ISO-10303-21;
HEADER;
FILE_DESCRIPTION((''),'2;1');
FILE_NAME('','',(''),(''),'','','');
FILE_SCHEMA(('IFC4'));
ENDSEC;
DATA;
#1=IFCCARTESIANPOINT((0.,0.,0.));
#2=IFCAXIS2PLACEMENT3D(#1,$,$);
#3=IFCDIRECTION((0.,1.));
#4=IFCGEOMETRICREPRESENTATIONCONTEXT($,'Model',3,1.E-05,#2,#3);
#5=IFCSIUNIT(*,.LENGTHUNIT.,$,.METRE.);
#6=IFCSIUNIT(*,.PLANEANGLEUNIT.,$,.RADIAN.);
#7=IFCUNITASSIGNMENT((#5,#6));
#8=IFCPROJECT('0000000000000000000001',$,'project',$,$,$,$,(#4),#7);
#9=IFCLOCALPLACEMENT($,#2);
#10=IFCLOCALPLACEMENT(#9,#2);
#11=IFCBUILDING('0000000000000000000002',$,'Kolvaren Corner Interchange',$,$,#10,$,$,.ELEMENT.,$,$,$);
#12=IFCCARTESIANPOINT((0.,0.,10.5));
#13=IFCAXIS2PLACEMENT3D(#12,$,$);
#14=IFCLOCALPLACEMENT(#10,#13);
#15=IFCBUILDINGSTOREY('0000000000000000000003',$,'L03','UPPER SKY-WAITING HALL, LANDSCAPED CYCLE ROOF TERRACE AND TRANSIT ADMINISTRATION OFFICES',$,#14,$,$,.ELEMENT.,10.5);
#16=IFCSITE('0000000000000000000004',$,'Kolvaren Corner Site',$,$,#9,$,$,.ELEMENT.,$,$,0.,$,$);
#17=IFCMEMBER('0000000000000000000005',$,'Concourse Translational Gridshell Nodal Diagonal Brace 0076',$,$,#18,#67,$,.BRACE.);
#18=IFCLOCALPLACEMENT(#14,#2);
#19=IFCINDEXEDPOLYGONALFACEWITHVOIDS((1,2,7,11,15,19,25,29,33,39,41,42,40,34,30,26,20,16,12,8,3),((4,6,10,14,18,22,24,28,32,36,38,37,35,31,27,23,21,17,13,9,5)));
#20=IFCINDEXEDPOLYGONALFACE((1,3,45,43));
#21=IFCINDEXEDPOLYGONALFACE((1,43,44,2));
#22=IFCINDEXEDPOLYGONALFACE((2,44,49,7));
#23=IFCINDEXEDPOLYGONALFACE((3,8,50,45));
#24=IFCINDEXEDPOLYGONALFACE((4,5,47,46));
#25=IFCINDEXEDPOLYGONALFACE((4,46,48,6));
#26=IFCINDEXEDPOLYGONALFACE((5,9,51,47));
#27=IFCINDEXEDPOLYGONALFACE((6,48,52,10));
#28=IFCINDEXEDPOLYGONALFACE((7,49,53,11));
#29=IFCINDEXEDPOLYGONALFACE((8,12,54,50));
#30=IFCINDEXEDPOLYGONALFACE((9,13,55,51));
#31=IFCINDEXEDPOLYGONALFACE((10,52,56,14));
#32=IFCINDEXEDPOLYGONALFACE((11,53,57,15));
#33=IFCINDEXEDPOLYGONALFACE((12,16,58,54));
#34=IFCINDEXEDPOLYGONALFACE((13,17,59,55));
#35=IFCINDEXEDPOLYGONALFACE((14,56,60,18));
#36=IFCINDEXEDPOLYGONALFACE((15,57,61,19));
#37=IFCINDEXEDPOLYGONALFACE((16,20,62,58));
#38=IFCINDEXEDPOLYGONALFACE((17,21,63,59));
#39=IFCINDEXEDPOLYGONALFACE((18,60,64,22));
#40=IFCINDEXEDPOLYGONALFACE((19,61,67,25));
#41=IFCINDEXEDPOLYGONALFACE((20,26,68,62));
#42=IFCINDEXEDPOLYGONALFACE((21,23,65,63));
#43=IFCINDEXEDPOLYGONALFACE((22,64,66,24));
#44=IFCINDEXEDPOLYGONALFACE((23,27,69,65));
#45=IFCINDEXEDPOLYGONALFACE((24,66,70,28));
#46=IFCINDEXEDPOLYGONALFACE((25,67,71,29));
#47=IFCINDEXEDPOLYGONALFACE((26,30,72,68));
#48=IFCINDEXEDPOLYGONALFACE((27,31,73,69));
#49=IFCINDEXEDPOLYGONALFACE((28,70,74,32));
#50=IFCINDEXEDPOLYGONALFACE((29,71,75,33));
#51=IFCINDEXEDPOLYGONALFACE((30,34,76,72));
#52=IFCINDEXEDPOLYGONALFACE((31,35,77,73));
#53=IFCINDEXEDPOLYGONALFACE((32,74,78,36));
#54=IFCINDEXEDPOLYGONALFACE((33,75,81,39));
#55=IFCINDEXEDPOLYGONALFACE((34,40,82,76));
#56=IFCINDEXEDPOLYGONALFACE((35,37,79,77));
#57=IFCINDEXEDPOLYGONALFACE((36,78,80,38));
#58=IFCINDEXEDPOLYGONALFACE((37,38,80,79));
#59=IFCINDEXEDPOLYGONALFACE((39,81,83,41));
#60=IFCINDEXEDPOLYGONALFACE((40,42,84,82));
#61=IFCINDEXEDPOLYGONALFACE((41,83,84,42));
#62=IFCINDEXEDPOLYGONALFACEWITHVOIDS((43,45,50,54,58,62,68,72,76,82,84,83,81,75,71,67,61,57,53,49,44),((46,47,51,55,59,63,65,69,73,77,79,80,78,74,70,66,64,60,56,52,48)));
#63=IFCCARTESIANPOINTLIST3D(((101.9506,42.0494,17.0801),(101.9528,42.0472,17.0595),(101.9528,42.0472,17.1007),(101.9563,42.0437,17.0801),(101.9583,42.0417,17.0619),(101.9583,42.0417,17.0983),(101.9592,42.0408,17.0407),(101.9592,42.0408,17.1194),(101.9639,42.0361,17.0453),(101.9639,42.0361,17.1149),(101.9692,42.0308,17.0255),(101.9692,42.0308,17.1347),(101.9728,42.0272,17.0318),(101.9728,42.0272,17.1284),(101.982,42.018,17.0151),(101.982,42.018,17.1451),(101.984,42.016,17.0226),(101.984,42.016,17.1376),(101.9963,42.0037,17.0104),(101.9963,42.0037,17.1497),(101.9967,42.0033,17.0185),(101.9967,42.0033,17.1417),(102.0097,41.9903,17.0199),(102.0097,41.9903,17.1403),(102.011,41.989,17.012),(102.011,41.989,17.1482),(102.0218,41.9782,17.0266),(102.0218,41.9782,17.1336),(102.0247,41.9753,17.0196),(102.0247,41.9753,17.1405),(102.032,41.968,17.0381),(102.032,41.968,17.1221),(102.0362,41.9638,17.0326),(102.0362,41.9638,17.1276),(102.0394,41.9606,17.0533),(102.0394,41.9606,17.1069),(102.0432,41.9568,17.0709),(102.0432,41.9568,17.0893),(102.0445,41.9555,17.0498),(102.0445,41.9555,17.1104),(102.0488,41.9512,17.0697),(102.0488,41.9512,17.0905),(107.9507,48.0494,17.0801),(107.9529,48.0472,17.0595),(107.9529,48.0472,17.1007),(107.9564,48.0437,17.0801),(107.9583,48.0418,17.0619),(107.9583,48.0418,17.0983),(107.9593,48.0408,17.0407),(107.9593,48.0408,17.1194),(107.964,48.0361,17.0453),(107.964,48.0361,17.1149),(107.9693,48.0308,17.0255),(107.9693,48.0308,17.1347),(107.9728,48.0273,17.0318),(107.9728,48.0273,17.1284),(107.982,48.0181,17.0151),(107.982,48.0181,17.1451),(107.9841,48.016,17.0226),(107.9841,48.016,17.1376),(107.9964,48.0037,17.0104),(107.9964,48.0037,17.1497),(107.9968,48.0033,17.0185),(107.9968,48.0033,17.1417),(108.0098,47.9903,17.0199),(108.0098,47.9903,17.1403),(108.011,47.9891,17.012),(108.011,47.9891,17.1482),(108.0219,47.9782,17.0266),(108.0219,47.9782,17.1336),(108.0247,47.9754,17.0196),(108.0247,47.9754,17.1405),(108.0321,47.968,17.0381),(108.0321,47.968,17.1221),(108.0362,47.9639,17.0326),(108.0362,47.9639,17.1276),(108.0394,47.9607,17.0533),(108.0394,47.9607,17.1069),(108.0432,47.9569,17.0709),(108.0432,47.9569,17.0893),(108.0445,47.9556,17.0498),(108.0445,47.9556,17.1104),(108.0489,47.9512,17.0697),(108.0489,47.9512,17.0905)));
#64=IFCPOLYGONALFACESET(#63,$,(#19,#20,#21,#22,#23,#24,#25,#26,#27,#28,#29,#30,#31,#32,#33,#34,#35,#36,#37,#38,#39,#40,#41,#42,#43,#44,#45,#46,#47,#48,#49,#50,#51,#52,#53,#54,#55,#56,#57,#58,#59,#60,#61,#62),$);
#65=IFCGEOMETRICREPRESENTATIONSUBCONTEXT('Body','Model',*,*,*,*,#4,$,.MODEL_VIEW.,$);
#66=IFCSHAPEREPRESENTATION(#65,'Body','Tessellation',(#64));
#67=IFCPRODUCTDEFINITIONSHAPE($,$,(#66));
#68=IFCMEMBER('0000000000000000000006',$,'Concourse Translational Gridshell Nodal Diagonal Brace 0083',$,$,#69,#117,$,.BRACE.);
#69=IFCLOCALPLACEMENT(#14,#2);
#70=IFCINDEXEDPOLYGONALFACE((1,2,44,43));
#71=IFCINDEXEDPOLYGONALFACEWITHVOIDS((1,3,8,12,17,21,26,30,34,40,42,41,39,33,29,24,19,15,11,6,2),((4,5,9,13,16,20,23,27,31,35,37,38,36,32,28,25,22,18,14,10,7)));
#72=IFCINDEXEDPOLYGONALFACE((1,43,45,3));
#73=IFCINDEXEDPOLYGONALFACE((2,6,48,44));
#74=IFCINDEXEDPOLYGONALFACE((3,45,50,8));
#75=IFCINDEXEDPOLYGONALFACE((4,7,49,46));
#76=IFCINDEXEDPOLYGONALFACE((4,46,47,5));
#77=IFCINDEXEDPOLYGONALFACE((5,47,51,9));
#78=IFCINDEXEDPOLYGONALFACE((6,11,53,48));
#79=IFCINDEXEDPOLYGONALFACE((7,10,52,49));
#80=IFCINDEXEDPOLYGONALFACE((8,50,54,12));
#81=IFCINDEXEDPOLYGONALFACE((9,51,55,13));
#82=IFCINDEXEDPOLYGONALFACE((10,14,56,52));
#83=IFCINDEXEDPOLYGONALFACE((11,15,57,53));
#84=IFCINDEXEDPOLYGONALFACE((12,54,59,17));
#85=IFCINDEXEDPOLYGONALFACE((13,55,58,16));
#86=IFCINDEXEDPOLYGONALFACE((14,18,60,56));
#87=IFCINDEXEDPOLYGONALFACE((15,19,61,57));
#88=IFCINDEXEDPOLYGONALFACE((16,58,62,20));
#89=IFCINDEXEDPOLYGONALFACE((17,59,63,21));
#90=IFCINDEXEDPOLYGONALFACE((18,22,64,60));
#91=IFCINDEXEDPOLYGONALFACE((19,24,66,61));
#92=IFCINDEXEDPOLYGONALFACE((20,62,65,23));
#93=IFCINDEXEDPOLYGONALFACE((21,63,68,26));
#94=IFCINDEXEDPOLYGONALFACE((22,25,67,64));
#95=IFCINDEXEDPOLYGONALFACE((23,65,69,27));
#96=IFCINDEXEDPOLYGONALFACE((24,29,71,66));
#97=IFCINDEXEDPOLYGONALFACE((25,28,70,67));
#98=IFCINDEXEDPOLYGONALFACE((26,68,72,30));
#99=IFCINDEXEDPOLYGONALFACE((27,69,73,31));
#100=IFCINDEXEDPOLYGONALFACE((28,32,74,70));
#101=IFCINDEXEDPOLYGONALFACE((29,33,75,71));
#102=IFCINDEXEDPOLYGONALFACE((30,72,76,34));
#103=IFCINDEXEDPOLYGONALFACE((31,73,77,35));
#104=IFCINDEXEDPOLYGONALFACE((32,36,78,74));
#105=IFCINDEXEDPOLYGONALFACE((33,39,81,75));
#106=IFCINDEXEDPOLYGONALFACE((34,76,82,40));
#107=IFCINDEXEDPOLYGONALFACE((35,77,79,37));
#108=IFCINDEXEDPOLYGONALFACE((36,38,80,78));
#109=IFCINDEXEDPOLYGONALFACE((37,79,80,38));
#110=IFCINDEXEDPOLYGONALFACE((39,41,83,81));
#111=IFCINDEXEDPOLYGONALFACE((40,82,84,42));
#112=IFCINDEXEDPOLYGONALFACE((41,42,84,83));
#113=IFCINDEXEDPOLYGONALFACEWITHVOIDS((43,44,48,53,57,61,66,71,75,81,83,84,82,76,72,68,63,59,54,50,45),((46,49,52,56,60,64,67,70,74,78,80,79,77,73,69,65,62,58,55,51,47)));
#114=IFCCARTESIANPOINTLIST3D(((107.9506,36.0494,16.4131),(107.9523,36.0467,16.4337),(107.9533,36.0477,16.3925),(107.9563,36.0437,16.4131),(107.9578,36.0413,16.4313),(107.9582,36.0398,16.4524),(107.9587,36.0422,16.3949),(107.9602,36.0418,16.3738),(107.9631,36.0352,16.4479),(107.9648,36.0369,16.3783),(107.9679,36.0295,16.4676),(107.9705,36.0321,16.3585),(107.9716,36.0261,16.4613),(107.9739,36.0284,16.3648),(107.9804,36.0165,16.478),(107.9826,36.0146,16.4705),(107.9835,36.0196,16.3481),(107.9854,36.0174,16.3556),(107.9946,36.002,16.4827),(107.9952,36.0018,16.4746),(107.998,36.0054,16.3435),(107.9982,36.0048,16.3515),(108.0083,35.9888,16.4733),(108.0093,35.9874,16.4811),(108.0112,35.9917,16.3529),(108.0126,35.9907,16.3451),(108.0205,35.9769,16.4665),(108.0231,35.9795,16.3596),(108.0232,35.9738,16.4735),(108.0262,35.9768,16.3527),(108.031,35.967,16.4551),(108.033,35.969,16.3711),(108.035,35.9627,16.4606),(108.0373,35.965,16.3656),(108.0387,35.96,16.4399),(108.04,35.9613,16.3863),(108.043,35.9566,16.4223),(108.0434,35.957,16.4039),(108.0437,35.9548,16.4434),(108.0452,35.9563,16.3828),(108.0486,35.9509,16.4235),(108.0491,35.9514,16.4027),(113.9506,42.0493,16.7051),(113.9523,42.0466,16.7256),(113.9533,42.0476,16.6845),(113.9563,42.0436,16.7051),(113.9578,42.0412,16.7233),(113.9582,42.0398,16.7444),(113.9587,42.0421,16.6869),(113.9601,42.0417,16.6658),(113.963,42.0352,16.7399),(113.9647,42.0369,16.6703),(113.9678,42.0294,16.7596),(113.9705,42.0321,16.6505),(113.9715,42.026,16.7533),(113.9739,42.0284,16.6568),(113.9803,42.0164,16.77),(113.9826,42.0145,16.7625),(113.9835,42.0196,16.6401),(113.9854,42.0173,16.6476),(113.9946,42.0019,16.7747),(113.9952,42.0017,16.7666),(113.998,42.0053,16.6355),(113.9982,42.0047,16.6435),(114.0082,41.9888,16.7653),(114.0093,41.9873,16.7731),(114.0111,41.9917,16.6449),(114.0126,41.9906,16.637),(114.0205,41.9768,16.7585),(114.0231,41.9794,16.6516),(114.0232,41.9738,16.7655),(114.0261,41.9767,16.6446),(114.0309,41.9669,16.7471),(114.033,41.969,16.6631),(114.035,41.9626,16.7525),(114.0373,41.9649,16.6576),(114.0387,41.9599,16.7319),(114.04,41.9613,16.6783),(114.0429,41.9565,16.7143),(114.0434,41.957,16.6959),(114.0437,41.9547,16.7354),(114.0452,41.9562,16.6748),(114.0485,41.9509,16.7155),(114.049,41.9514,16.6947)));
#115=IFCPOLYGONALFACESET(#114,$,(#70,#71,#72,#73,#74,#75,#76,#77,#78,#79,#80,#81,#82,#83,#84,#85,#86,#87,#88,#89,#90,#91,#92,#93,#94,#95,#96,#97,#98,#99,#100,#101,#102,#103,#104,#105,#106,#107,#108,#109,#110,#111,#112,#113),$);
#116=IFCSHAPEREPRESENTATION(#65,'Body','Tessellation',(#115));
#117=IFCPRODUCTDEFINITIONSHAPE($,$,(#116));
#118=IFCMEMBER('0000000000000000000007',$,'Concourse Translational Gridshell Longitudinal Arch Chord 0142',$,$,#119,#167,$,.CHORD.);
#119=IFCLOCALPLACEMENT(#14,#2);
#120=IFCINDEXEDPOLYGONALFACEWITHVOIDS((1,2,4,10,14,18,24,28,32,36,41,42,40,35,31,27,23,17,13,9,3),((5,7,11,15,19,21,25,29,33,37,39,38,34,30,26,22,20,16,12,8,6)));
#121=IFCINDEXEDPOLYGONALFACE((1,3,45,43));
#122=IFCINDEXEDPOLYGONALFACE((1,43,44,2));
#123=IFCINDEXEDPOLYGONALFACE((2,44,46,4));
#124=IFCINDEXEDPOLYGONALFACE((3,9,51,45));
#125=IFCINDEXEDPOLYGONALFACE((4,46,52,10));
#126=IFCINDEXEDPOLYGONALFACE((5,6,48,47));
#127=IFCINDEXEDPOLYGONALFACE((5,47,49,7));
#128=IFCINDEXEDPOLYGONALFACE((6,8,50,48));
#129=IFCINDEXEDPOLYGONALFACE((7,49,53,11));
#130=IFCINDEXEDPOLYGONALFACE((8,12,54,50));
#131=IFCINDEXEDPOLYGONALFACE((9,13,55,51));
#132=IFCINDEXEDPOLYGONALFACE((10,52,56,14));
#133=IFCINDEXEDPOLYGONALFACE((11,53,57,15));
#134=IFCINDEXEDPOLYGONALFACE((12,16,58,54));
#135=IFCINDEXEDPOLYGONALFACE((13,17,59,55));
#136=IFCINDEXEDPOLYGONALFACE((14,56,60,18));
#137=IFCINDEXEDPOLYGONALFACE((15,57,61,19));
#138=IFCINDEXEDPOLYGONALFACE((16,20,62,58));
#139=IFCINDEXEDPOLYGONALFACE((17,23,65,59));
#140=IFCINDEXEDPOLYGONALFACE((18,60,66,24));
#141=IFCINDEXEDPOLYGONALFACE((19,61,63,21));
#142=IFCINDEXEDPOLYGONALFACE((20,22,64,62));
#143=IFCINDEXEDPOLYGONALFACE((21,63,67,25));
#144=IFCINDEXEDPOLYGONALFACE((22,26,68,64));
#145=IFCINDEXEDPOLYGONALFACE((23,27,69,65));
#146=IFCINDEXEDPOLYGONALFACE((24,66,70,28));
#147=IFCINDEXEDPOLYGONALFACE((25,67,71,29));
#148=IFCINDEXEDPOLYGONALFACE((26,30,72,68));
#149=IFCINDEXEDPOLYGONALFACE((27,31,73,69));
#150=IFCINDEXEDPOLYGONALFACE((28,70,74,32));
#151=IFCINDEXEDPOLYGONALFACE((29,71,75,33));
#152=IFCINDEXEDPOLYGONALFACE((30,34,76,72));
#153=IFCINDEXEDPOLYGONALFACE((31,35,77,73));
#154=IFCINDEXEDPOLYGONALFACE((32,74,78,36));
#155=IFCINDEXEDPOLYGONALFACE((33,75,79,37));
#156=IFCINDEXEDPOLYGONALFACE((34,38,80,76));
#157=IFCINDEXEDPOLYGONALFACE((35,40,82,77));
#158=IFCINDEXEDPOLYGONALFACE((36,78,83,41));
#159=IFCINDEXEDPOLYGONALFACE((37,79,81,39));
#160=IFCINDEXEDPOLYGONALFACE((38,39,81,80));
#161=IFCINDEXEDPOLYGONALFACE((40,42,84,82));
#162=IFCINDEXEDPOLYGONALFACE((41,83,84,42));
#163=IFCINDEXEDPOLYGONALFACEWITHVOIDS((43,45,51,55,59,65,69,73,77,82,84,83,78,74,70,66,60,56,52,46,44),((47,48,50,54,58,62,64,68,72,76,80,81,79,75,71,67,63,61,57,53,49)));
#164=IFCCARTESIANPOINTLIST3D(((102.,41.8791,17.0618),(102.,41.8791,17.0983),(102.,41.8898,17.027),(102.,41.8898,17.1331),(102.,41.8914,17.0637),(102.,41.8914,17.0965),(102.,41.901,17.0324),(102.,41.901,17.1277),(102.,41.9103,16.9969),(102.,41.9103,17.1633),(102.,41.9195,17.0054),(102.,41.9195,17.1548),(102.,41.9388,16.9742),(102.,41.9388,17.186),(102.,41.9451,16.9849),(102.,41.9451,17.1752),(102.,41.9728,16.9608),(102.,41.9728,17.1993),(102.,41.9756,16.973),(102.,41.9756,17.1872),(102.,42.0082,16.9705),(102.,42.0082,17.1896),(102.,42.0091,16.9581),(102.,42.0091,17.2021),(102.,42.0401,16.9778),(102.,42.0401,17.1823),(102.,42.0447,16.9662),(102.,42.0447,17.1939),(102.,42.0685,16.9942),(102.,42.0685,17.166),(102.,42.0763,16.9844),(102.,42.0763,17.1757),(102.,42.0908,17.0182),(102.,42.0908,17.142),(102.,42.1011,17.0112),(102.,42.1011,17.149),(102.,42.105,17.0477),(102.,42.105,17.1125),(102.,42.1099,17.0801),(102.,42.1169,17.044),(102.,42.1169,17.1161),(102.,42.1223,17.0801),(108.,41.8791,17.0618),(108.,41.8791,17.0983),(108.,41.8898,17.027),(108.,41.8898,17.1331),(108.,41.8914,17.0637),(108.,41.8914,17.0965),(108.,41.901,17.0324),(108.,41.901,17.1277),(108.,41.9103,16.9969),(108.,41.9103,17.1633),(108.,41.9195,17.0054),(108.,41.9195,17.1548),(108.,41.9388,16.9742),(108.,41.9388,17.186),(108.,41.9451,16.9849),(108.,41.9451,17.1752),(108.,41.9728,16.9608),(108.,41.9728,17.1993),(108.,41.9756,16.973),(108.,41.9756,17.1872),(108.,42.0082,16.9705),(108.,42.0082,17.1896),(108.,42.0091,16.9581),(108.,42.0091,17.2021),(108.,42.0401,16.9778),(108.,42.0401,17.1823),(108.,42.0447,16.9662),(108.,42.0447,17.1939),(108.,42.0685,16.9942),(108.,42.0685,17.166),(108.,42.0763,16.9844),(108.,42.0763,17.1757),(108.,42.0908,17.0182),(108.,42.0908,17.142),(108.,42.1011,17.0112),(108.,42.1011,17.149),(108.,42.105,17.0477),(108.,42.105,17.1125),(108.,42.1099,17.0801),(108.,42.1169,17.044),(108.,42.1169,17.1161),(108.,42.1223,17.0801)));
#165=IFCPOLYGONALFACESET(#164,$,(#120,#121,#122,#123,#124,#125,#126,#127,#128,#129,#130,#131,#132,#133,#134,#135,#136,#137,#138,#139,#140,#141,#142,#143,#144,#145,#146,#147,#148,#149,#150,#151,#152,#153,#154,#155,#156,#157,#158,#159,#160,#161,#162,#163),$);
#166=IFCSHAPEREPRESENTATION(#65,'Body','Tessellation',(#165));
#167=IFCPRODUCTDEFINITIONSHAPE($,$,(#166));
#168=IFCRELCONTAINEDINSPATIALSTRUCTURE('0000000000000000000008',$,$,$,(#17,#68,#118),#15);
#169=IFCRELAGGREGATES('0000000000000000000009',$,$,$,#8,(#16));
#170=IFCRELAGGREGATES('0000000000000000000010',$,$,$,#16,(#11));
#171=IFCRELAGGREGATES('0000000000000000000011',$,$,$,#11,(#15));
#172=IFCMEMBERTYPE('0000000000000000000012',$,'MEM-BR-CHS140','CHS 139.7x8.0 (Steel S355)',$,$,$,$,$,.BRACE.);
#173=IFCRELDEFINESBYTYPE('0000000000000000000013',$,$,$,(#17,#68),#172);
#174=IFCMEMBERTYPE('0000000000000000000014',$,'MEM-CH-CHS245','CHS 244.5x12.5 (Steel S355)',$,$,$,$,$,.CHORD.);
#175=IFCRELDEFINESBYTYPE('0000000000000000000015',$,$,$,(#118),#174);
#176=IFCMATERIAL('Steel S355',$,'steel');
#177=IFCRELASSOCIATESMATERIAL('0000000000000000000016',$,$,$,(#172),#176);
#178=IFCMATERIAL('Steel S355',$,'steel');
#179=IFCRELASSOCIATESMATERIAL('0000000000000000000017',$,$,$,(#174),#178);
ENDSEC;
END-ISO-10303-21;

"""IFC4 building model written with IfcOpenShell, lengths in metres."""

from ifc_helpers import new_model, si_unit, direction, frame, origin, origin_2d, place, context, subcontext, project, spatial, hollow_circle, extrude, material, material_profile, profile_set, type_object, element, save


model = new_model("IFC4")

# Units and contexts
model_context = context("Model", 3, precision=1e-05, world=origin(), true_north=direction((0.0, 1.0)))
body_context = subcontext(model_context, "Body", "Model", "MODEL_VIEW")
ifc_project = project(units=[si_unit("LENGTHUNIT", "METRE"), si_unit("PLANEANGLEUNIT", "RADIAN")], contexts=[model_context])

# Site, building, storey
site_placement = place(None, origin())
site = spatial("IfcSite", under=ifc_project, at=site_placement, Name="Kolvaren Corner Site", CompositionType="ELEMENT", RefElevation=0.0)
building_placement = place(site_placement, origin())
building = spatial("IfcBuilding", under=site, at=building_placement, Name="Kolvaren Corner Interchange", CompositionType="ELEMENT")
storey_placement = place(building_placement, frame((0.0, 0.0, 10.5)))
storey = spatial("IfcBuildingStorey", under=building, at=storey_placement, Name="L03", Description="UPPER SKY-WAITING HALL, LANDSCAPED CYCLE ROOF TERRACE AND TRANSIT ADMINISTRATION OFFICES", CompositionType="ELEMENT", Elevation=10.5)

# Members
ifc_material_1 = material(Name="Steel S355", Category="steel")
ifc_material_profile_1 = material_profile(ifc_material_1, hollow_circle(Radius=0.0698, WallThickness=0.0081, at=origin_2d()), Name="CHS 139.7x8.0")
ifc_profile_set_1 = profile_set([ifc_material_profile_1], Name="Steel S355")
member_type_1 = type_object("IfcMemberType", Name="MEM-BR-CHS140", Description="CHS 139.7x8.0 (Steel S355)", PredefinedType="BRACE", material=ifc_profile_set_1)
for number, where, z_axis, x_axis, name in (
    (1, (102.0, 42.0, 17.0801), (0.707107, 0.707107, 0.0), (-0.707107, 0.707107, 0.0), "Concourse Translational Gridshell Nodal Diagonal Brace 0076"),
):
    element("IfcMember", number, at=place(storey_placement, frame(where, z_axis=z_axis, x_axis=x_axis)), inside=storey, type_object=member_type_1, Name=name, PredefinedType="BRACE", context=body_context, shape_type="SweptSolid", body=[
        extrude(hollow_circle(Radius=0.0698, WallThickness=0.0081, at=origin_2d()), origin(), (0.0, 0.0, 1.0), 8.4854),
    ])
member_1_placement = place(storey_placement, frame((108.0, 36.0, 16.4131), z_axis=(0.706688, 0.706688, 0.034391), x_axis=(-0.707107, 0.707107, 0.0)))
element("IfcMember", 2, at=member_1_placement, inside=storey, type_object=member_type_1, Name="Concourse Translational Gridshell Nodal Diagonal Brace 0083", PredefinedType="BRACE", context=body_context, shape_type="SweptSolid", body=[
    extrude(hollow_circle(Radius=0.0698, WallThickness=0.0081, at=origin_2d()), origin(), (0.0, 0.0, 1.0), 8.4902),
])
ifc_material_2 = material(Name="Steel S355", Category="steel")
ifc_material_profile_2 = material_profile(ifc_material_2, hollow_circle(Radius=0.1223, WallThickness=0.0125, at=origin_2d()), Name="CHS 244.5x12.5")
ifc_profile_set_2 = profile_set([ifc_material_profile_2], Name="Steel S355")
member_type_2 = type_object("IfcMemberType", Name="MEM-CH-CHS245", Description="CHS 244.5x12.5 (Steel S355)", PredefinedType="CHORD", material=ifc_profile_set_2)
for number, where, z_axis, x_axis, name in (
    (3, (102.0, 42.0, 17.0801), (1.0, 0.0, 0.0), (0.0, 1.0, 0.0), "Concourse Translational Gridshell Longitudinal Arch Chord 0142"),
):
    element("IfcMember", number, at=place(storey_placement, frame(where, z_axis=z_axis, x_axis=x_axis)), inside=storey, type_object=member_type_2, Name=name, PredefinedType="CHORD", context=body_context, shape_type="SweptSolid", body=[
        extrude(hollow_circle(Radius=0.1223, WallThickness=0.0125, at=origin_2d()), origin(), (0.0, 0.0, 1.0), 6.0),
    ])

save(model, "model.ifc")
